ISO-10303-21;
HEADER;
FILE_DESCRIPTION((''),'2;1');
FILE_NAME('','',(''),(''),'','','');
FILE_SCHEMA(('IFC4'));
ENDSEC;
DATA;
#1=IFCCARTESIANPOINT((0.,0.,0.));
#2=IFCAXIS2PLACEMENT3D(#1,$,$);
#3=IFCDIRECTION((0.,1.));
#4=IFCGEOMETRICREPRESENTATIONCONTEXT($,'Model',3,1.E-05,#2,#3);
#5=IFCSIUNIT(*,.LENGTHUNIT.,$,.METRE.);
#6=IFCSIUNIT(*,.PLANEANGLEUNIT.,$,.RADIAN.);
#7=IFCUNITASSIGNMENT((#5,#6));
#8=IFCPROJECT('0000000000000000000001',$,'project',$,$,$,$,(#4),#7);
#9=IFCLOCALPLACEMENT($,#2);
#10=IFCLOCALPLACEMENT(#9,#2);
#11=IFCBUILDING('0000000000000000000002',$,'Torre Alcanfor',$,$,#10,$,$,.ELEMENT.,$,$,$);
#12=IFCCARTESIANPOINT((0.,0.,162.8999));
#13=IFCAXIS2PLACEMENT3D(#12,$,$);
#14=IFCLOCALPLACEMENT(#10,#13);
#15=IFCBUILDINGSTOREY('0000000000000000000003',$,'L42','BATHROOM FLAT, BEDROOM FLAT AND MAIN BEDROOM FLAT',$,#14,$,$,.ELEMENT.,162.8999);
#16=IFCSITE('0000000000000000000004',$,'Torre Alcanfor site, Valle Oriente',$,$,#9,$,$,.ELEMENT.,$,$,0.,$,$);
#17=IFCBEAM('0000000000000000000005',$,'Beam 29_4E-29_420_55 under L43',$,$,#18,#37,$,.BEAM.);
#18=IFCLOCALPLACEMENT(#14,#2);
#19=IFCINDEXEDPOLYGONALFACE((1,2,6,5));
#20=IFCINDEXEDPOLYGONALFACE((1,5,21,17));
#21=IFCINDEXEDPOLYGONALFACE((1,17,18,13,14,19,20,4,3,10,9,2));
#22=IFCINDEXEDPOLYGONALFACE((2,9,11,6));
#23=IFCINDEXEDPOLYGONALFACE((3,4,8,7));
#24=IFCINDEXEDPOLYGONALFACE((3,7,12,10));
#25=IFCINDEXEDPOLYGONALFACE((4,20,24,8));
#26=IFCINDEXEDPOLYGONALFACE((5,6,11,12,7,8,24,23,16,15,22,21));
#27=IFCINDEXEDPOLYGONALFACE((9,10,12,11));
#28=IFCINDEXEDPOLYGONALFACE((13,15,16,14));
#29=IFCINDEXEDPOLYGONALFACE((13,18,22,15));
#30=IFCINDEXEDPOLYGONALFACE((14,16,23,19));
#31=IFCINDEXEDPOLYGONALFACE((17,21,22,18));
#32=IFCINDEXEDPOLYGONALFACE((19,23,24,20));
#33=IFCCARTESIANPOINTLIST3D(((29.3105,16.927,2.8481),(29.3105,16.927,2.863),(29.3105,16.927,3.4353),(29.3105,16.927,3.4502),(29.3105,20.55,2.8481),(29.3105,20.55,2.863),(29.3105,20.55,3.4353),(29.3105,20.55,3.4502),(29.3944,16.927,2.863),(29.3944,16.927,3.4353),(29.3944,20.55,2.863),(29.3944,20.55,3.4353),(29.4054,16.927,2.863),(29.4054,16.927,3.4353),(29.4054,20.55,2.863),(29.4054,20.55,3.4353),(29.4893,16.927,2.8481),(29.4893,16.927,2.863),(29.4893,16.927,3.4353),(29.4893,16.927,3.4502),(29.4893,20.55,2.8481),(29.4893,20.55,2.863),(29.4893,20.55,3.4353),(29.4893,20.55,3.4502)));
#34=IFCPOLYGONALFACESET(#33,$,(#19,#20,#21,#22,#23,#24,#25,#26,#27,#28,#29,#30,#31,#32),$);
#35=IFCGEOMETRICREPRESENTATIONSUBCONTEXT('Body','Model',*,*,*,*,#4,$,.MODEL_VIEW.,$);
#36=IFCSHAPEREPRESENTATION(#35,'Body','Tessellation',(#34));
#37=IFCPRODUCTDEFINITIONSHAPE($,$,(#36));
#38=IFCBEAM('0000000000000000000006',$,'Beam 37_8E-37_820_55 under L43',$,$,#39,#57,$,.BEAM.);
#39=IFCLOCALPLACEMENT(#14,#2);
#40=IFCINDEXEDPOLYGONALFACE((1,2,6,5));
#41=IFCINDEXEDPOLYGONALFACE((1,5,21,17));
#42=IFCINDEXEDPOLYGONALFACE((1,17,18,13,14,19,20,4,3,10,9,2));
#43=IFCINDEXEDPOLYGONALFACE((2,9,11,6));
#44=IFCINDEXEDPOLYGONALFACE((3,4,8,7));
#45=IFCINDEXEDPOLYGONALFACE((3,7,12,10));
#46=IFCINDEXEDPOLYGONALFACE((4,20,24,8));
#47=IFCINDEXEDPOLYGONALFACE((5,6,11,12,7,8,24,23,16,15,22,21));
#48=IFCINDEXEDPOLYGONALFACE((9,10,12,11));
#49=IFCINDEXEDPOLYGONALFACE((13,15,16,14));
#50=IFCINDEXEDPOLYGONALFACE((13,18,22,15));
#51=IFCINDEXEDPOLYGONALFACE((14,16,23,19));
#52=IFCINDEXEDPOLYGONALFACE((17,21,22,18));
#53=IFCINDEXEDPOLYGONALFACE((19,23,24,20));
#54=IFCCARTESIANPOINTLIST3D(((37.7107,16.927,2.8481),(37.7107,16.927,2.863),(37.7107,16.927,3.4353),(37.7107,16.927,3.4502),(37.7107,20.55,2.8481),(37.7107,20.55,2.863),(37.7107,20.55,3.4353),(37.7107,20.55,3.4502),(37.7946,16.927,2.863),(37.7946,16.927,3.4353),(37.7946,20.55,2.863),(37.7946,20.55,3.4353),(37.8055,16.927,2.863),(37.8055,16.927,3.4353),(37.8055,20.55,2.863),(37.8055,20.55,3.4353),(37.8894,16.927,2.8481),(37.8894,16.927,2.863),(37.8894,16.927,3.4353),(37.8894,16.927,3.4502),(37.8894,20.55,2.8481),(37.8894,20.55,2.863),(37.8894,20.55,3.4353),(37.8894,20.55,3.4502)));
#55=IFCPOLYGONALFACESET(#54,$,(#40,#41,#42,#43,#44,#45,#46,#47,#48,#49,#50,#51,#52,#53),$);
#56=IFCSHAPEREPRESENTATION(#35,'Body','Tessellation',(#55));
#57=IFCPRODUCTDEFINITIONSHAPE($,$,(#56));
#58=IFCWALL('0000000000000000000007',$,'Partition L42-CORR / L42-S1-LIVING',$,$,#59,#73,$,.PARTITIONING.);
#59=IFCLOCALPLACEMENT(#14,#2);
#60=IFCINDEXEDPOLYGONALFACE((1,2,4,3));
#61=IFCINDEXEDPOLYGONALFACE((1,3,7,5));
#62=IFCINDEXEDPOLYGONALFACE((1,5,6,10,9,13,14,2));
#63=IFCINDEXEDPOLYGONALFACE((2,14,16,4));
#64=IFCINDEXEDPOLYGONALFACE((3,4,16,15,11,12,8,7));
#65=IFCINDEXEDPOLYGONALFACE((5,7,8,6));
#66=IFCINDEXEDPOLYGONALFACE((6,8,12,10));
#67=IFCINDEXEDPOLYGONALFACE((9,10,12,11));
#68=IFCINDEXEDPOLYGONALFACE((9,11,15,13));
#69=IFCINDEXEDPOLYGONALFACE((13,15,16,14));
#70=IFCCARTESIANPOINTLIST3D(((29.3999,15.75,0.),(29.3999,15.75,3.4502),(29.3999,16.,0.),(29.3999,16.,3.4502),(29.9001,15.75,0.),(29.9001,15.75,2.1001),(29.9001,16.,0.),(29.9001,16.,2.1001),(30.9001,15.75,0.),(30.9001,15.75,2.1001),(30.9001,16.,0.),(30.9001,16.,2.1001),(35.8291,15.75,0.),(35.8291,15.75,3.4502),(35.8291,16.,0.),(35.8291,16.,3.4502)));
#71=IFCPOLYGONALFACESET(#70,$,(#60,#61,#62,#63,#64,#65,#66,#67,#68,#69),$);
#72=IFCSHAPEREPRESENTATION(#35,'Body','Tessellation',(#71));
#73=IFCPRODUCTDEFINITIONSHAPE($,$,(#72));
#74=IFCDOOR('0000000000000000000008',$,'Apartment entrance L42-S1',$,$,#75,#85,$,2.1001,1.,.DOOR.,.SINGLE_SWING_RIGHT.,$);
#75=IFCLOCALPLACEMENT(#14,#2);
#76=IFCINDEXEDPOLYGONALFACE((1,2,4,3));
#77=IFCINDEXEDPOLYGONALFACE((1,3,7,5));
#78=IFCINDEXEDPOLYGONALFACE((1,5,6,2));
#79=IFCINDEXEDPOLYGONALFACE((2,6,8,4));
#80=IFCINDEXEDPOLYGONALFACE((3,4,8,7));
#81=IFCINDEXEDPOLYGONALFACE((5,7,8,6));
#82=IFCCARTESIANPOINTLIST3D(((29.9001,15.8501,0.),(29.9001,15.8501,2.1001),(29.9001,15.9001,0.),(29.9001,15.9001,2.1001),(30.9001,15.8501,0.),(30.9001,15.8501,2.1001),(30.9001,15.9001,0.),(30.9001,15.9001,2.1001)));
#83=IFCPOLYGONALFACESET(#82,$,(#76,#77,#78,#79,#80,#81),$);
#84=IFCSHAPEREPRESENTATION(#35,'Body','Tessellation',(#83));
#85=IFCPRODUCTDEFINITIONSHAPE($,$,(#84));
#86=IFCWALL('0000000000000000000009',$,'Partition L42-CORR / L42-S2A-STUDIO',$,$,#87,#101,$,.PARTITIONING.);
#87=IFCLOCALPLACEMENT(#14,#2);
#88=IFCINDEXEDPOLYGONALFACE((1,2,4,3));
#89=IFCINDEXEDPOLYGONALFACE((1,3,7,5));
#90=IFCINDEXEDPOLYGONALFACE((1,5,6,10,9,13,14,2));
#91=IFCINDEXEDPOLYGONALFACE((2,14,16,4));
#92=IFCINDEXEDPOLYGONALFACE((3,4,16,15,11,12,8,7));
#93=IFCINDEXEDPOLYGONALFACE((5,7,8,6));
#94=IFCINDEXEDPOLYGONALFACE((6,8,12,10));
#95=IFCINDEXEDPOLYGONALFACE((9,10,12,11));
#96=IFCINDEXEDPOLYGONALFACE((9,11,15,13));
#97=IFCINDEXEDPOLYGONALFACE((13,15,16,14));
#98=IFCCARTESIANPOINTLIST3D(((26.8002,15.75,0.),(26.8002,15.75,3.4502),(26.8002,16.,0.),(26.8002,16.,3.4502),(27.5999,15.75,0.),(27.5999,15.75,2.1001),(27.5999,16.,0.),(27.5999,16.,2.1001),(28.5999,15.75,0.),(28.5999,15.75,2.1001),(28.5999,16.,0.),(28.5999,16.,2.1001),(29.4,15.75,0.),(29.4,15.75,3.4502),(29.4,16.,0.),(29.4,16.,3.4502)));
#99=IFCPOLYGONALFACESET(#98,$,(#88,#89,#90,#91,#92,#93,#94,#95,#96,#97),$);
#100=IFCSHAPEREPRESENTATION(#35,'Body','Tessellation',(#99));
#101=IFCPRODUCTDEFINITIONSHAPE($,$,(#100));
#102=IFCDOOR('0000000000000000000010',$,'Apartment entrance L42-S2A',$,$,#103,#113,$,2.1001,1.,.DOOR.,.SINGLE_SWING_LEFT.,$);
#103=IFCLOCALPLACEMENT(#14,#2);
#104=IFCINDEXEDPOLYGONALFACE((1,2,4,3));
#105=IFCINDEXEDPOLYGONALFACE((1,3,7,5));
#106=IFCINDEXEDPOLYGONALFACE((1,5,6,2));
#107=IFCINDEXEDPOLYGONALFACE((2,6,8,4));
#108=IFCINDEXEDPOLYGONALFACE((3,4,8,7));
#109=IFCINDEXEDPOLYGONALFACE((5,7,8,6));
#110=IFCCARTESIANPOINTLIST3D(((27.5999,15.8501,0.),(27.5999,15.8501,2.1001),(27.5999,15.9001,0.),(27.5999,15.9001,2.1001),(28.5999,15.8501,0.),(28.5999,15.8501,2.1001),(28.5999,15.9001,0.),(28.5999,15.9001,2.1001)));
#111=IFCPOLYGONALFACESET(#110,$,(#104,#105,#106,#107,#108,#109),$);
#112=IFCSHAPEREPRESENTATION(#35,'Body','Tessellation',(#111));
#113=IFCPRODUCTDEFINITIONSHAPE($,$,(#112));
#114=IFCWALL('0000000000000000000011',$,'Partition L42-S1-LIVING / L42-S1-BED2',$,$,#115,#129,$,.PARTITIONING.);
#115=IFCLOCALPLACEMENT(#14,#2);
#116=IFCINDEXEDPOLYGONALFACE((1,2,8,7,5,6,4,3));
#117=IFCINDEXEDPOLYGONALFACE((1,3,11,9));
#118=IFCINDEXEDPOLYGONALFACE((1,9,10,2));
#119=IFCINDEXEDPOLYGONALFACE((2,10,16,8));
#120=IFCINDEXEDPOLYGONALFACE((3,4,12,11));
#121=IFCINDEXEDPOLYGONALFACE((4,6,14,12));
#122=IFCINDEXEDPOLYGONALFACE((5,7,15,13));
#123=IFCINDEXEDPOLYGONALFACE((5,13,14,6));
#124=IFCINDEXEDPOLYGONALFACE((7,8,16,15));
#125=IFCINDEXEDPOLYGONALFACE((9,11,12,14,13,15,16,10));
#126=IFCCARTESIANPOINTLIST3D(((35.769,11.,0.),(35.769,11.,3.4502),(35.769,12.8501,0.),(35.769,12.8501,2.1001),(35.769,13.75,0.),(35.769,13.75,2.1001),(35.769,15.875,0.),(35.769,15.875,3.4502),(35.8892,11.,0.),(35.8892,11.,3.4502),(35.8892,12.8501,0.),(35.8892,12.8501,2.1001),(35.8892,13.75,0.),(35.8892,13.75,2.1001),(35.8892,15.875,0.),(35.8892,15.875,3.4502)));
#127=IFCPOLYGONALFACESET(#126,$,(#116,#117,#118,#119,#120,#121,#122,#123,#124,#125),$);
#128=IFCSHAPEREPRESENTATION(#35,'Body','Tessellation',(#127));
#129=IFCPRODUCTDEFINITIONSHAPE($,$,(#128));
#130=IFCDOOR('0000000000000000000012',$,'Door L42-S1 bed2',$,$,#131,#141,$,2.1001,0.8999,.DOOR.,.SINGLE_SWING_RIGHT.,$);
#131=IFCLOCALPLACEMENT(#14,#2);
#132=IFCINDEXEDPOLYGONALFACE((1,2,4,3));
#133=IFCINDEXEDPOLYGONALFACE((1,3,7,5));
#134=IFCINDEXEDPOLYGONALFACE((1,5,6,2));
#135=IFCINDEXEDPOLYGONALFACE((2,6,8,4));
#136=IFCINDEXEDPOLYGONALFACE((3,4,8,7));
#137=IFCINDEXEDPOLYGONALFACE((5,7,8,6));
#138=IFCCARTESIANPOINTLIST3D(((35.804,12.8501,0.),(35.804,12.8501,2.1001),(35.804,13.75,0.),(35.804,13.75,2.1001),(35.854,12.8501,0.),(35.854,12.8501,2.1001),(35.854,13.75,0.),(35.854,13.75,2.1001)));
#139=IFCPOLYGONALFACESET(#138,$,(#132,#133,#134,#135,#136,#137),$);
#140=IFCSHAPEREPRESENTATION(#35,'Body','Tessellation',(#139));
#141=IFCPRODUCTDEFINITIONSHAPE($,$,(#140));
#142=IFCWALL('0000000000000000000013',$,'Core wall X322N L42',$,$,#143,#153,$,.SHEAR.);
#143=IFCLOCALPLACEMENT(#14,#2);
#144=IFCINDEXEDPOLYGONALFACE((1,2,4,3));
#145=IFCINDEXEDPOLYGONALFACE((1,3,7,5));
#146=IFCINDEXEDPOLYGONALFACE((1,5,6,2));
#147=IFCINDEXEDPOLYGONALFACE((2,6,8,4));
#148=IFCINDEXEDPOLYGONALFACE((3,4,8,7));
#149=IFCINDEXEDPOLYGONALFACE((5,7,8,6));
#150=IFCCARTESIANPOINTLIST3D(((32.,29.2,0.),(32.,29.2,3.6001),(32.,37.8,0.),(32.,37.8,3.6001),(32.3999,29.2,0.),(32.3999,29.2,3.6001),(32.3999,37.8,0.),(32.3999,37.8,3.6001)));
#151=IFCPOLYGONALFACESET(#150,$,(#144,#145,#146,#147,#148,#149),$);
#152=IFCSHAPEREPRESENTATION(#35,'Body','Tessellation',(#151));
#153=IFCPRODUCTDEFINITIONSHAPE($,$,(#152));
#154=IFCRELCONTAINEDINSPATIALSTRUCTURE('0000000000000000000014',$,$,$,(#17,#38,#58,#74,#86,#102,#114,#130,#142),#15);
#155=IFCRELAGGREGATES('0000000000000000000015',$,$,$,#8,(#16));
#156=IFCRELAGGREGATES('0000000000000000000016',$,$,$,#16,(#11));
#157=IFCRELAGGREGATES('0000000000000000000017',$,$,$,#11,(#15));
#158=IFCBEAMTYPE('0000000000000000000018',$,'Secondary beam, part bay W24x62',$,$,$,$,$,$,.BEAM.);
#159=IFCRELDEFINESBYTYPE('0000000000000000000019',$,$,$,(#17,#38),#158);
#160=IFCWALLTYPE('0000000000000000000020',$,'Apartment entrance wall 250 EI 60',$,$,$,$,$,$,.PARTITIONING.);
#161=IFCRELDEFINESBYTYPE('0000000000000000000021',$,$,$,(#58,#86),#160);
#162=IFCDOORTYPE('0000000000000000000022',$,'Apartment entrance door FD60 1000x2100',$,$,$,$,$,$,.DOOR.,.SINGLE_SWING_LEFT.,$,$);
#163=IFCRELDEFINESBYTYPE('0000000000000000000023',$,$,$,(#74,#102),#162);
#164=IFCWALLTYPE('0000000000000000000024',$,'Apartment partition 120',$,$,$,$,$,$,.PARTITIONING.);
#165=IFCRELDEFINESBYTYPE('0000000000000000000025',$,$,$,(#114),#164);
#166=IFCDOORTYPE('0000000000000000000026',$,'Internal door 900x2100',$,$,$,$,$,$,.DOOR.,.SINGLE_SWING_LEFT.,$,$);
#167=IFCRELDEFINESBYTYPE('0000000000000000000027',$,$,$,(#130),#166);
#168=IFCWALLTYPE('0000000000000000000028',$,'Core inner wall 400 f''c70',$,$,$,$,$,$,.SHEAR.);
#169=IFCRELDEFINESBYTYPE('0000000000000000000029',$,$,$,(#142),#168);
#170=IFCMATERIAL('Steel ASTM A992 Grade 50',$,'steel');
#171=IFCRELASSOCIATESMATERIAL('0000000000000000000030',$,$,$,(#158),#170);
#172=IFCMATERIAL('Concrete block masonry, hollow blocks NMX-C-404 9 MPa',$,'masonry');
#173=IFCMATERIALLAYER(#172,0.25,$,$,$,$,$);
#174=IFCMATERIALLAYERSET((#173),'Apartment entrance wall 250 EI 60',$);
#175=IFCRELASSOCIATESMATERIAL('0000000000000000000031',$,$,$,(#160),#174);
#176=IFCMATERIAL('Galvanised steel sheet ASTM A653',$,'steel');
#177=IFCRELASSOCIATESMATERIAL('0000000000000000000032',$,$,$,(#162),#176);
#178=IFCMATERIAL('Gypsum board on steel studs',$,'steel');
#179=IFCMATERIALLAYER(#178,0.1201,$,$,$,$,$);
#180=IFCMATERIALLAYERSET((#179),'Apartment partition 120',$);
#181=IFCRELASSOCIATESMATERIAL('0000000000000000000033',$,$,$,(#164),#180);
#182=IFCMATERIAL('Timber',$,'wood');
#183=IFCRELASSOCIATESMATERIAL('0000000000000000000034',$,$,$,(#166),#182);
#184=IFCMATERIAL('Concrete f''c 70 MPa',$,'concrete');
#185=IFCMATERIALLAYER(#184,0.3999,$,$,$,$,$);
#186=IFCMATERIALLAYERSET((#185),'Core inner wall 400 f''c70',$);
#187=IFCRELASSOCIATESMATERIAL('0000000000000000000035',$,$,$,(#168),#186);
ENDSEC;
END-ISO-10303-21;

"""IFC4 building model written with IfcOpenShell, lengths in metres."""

from ifc_helpers import new_model, si_unit, direction, frame, frame_2d, origin, origin_2d, place, context, subcontext, project, spatial, rectangle, i_section, extrude, material, layer, layer_set, material_profile, profile_set, type_object, element, fill, save


model = new_model("IFC4")

# Units and contexts
model_context = context("Model", 3, precision=1e-05, world=origin(), true_north=direction((0.0, 1.0)))
body_context = subcontext(model_context, "Body", "Model", "MODEL_VIEW")
ifc_project = project(units=[si_unit("LENGTHUNIT", "METRE"), si_unit("PLANEANGLEUNIT", "RADIAN")], contexts=[model_context])

# Site, building, storey
site_placement = place(None, origin())
site = spatial("IfcSite", under=ifc_project, at=site_placement, Name="Torre Alcanfor site, Valle Oriente", CompositionType="ELEMENT", RefElevation=0.0)
building_placement = place(site_placement, origin())
building = spatial("IfcBuilding", under=site, at=building_placement, Name="Torre Alcanfor", CompositionType="ELEMENT")
storey_placement = place(building_placement, frame((0.0, 0.0, 162.8999)))
storey = spatial("IfcBuildingStorey", under=building, at=storey_placement, Name="L42", Description="BATHROOM FLAT, BEDROOM FLAT AND MAIN BEDROOM FLAT", CompositionType="ELEMENT", Elevation=162.8999)

# Beams
ifc_material_1 = material(Name="Steel ASTM A992 Grade 50", Category="steel")
ifc_material_profile_1 = material_profile(ifc_material_1, i_section(OverallWidth=0.1787, OverallDepth=0.6021, WebThickness=0.011, FlangeThickness=0.0149, at=origin_2d()), Name="W24x62")
ifc_profile_set_1 = profile_set([ifc_material_profile_1], Name="Steel ASTM A992 Grade 50")
beam_type_1 = type_object("IfcBeamType", Name="Secondary beam, part bay W24x62", PredefinedType="BEAM", material=ifc_profile_set_1)
for number, where, z_axis, x_axis, name in (
    (1, (29.3999, 16.927, 3.1492), (0.0, 1.0, 0.0), (-1.0, 0.0, 0.0), "Beam 29_4E-29_420_55 under L43"),
    (2, (37.8, 16.927, 3.1492), (0.0, 1.0, 0.0), (-1.0, 0.0, 0.0), "Beam 37_8E-37_820_55 under L43"),
):
    element("IfcBeam", number, at=place(storey_placement, frame(where, z_axis=z_axis, x_axis=x_axis)), inside=storey, type_object=beam_type_1, Name=name, PredefinedType="BEAM", context=body_context, shape_type="SweptSolid", body=[
        extrude(i_section(OverallWidth=0.1787, OverallDepth=0.6021, WebThickness=0.011, FlangeThickness=0.0149, at=origin_2d()), origin(), (0.0, 0.0, 1.0), 3.623),
    ])

# Walls, openings, doors
ifc_material_2 = material(Name="Concrete block masonry, hollow blocks NMX-C-404 9 MPa", Category="masonry")
ifc_layer_1 = layer(ifc_material_2, 0.25)
ifc_layer_set_1 = layer_set([ifc_layer_1], Name="Apartment entrance wall 250 EI 60")
wall_type_1 = type_object("IfcWallType", Name="Apartment entrance wall 250 EI 60", PredefinedType="PARTITIONING", material=ifc_layer_set_1)
wall_1_placement = place(storey_placement, frame((35.8291, 15.875, 0.0), z_axis=(0.0, 0.0, 1.0), x_axis=(-1.0, 0.0, 0.0)))
wall_1 = element("IfcWall", 3, at=wall_1_placement, inside=storey, type_object=wall_type_1, Name="Partition L42-CORR / L42-S1-LIVING", PredefinedType="PARTITIONING", context=body_context, shape_type="SweptSolid", body=[
    extrude(rectangle(XDim=6.4292, YDim=0.25, at=frame_2d((3.2146, 0.0))), origin(), (0.0, 0.0, 1.0), 3.4502),
])
opening_1_placement = place(wall_1_placement, frame((4.929, 0.0, 0.0)))
opening_1 = element("IfcOpeningElement", 4, at=opening_1_placement, cuts=wall_1, PredefinedType="OPENING", context=body_context, shape_type="SweptSolid", body=[
    extrude(rectangle(XDim=1.0, YDim=2.1001, at=frame_2d((0.5, 1.05))), frame((0.0, 0.135, 0.0), z_axis=(0.0, -1.0, 0.0), x_axis=(1.0, 0.0, 0.0)), (0.0, 0.0, 1.0), 0.27),
])
ifc_material_3 = material(Name="Galvanised steel sheet ASTM A653", Category="steel")
door_type_1 = type_object("IfcDoorType", Name="Apartment entrance door FD60 1000x2100", OperationType="SINGLE_SWING_LEFT", PredefinedType="DOOR", material=ifc_material_3)
door_1_placement = place(opening_1_placement, origin())
door_1 = element("IfcDoor", 5, at=door_1_placement, inside=storey, type_object=door_type_1, Name="Apartment entrance L42-S1", OperationType="SINGLE_SWING_RIGHT", OverallHeight=2.1001, OverallWidth=1.0, PredefinedType="DOOR", context=body_context, shape_type="SweptSolid", body=[
    extrude(rectangle(XDim=1.0, YDim=2.1001, at=frame_2d((0.5, 1.05))), frame((0.0, 0.0249, 0.0), z_axis=(0.0, -1.0, 0.0), x_axis=(1.0, 0.0, 0.0)), (0.0, 0.0, 1.0), 0.05),
])
fill(opening_1, door_1)
wall_2_placement = place(storey_placement, frame((29.3999, 15.875, 0.0), z_axis=(0.0, 0.0, 1.0), x_axis=(-1.0, 0.0, 0.0)))
wall_2 = element("IfcWall", 6, at=wall_2_placement, inside=storey, type_object=wall_type_1, Name="Partition L42-CORR / L42-S2A-STUDIO", PredefinedType="PARTITIONING", context=body_context, shape_type="SweptSolid", body=[
    extrude(rectangle(XDim=2.5999, YDim=0.25, at=frame_2d((1.2998, 0.0))), origin(), (0.0, 0.0, 1.0), 3.4502),
])
opening_2_placement = place(wall_2_placement, frame((0.8, 0.0, 0.0)))
opening_2 = element("IfcOpeningElement", 7, at=opening_2_placement, cuts=wall_2, PredefinedType="OPENING", context=body_context, shape_type="SweptSolid", body=[
    extrude(rectangle(XDim=1.0, YDim=2.1001, at=frame_2d((0.5, 1.05))), frame((0.0, 0.135, 0.0), z_axis=(0.0, -1.0, 0.0), x_axis=(1.0, 0.0, 0.0)), (0.0, 0.0, 1.0), 0.27),
])
door_2_placement = place(opening_2_placement, origin())
door_2 = element("IfcDoor", 8, at=door_2_placement, inside=storey, type_object=door_type_1, Name="Apartment entrance L42-S2A", OperationType="SINGLE_SWING_LEFT", OverallHeight=2.1001, OverallWidth=1.0, PredefinedType="DOOR", context=body_context, shape_type="SweptSolid", body=[
    extrude(rectangle(XDim=1.0, YDim=2.1001, at=frame_2d((0.5, 1.05))), frame((0.0, 0.0249, 0.0), z_axis=(0.0, -1.0, 0.0), x_axis=(1.0, 0.0, 0.0)), (0.0, 0.0, 1.0), 0.05),
])
fill(opening_2, door_2)
ifc_material_4 = material(Name="Gypsum board on steel studs", Category="steel")
ifc_layer_2 = layer(ifc_material_4, 0.1201)
ifc_layer_set_2 = layer_set([ifc_layer_2], Name="Apartment partition 120")
wall_type_2 = type_object("IfcWallType", Name="Apartment partition 120", PredefinedType="PARTITIONING", material=ifc_layer_set_2)
wall_3_placement = place(storey_placement, frame((35.8291, 15.875, 0.0), z_axis=(0.0, 0.0, 1.0), x_axis=(0.0, -1.0, 0.0)))
wall_3 = element("IfcWall", 9, at=wall_3_placement, inside=storey, type_object=wall_type_2, Name="Partition L42-S1-LIVING / L42-S1-BED2", PredefinedType="PARTITIONING", context=body_context, shape_type="SweptSolid", body=[
    extrude(rectangle(XDim=4.875, YDim=0.1201, at=frame_2d((2.4375, 0.0))), origin(), (0.0, 0.0, 1.0), 3.4502),
])
opening_3_placement = place(wall_3_placement, frame((2.125, 0.0, 0.0)))
opening_3 = element("IfcOpeningElement", 10, at=opening_3_placement, cuts=wall_3, PredefinedType="OPENING", context=body_context, shape_type="SweptSolid", body=[
    extrude(rectangle(XDim=0.8999, YDim=2.1001, at=frame_2d((0.45, 1.05))), frame((0.0, 0.0701, 0.0), z_axis=(0.0, -1.0, 0.0), x_axis=(1.0, 0.0, 0.0)), (0.0, 0.0, 1.0), 0.1401),
])
ifc_material_5 = material(Name="Timber", Category="wood")
door_type_2 = type_object("IfcDoorType", Name="Internal door 900x2100", OperationType="SINGLE_SWING_LEFT", PredefinedType="DOOR", material=ifc_material_5)
door_3_placement = place(opening_3_placement, origin())
door_3 = element("IfcDoor", 11, at=door_3_placement, inside=storey, type_object=door_type_2, Name="Door L42-S1 bed2", OperationType="SINGLE_SWING_RIGHT", OverallHeight=2.1001, OverallWidth=0.8999, PredefinedType="DOOR", context=body_context, shape_type="SweptSolid", body=[
    extrude(rectangle(XDim=0.8999, YDim=2.1001, at=frame_2d((0.45, 1.05))), frame((0.0, 0.0249, 0.0), z_axis=(0.0, -1.0, 0.0), x_axis=(1.0, 0.0, 0.0)), (0.0, 0.0, 1.0), 0.05),
])
fill(opening_3, door_3)

# Wall
ifc_material_6 = material(Name="Concrete f'c 70 MPa", Category="concrete")
ifc_layer_3 = layer(ifc_material_6, 0.3999)
ifc_layer_set_3 = layer_set([ifc_layer_3], Name="Core inner wall 400 f'c70")
wall_type_3 = type_object("IfcWallType", Name="Core inner wall 400 f'c70", PredefinedType="SHEAR", material=ifc_layer_set_3)
wall_4_placement = place(storey_placement, frame((32.2, 29.2, 0.0), z_axis=(0.0, 0.0, 1.0), x_axis=(0.0, 1.0, 0.0)))
element("IfcWall", 12, at=wall_4_placement, inside=storey, type_object=wall_type_3, Name="Core wall X322N L42", PredefinedType="SHEAR", context=body_context, shape_type="SweptSolid", body=[
    extrude(rectangle(XDim=8.6001, YDim=0.3999, at=frame_2d((4.3, 0.0))), origin(), (0.0, 0.0, 1.0), 3.6001),
])

save(model, "model.ifc")
